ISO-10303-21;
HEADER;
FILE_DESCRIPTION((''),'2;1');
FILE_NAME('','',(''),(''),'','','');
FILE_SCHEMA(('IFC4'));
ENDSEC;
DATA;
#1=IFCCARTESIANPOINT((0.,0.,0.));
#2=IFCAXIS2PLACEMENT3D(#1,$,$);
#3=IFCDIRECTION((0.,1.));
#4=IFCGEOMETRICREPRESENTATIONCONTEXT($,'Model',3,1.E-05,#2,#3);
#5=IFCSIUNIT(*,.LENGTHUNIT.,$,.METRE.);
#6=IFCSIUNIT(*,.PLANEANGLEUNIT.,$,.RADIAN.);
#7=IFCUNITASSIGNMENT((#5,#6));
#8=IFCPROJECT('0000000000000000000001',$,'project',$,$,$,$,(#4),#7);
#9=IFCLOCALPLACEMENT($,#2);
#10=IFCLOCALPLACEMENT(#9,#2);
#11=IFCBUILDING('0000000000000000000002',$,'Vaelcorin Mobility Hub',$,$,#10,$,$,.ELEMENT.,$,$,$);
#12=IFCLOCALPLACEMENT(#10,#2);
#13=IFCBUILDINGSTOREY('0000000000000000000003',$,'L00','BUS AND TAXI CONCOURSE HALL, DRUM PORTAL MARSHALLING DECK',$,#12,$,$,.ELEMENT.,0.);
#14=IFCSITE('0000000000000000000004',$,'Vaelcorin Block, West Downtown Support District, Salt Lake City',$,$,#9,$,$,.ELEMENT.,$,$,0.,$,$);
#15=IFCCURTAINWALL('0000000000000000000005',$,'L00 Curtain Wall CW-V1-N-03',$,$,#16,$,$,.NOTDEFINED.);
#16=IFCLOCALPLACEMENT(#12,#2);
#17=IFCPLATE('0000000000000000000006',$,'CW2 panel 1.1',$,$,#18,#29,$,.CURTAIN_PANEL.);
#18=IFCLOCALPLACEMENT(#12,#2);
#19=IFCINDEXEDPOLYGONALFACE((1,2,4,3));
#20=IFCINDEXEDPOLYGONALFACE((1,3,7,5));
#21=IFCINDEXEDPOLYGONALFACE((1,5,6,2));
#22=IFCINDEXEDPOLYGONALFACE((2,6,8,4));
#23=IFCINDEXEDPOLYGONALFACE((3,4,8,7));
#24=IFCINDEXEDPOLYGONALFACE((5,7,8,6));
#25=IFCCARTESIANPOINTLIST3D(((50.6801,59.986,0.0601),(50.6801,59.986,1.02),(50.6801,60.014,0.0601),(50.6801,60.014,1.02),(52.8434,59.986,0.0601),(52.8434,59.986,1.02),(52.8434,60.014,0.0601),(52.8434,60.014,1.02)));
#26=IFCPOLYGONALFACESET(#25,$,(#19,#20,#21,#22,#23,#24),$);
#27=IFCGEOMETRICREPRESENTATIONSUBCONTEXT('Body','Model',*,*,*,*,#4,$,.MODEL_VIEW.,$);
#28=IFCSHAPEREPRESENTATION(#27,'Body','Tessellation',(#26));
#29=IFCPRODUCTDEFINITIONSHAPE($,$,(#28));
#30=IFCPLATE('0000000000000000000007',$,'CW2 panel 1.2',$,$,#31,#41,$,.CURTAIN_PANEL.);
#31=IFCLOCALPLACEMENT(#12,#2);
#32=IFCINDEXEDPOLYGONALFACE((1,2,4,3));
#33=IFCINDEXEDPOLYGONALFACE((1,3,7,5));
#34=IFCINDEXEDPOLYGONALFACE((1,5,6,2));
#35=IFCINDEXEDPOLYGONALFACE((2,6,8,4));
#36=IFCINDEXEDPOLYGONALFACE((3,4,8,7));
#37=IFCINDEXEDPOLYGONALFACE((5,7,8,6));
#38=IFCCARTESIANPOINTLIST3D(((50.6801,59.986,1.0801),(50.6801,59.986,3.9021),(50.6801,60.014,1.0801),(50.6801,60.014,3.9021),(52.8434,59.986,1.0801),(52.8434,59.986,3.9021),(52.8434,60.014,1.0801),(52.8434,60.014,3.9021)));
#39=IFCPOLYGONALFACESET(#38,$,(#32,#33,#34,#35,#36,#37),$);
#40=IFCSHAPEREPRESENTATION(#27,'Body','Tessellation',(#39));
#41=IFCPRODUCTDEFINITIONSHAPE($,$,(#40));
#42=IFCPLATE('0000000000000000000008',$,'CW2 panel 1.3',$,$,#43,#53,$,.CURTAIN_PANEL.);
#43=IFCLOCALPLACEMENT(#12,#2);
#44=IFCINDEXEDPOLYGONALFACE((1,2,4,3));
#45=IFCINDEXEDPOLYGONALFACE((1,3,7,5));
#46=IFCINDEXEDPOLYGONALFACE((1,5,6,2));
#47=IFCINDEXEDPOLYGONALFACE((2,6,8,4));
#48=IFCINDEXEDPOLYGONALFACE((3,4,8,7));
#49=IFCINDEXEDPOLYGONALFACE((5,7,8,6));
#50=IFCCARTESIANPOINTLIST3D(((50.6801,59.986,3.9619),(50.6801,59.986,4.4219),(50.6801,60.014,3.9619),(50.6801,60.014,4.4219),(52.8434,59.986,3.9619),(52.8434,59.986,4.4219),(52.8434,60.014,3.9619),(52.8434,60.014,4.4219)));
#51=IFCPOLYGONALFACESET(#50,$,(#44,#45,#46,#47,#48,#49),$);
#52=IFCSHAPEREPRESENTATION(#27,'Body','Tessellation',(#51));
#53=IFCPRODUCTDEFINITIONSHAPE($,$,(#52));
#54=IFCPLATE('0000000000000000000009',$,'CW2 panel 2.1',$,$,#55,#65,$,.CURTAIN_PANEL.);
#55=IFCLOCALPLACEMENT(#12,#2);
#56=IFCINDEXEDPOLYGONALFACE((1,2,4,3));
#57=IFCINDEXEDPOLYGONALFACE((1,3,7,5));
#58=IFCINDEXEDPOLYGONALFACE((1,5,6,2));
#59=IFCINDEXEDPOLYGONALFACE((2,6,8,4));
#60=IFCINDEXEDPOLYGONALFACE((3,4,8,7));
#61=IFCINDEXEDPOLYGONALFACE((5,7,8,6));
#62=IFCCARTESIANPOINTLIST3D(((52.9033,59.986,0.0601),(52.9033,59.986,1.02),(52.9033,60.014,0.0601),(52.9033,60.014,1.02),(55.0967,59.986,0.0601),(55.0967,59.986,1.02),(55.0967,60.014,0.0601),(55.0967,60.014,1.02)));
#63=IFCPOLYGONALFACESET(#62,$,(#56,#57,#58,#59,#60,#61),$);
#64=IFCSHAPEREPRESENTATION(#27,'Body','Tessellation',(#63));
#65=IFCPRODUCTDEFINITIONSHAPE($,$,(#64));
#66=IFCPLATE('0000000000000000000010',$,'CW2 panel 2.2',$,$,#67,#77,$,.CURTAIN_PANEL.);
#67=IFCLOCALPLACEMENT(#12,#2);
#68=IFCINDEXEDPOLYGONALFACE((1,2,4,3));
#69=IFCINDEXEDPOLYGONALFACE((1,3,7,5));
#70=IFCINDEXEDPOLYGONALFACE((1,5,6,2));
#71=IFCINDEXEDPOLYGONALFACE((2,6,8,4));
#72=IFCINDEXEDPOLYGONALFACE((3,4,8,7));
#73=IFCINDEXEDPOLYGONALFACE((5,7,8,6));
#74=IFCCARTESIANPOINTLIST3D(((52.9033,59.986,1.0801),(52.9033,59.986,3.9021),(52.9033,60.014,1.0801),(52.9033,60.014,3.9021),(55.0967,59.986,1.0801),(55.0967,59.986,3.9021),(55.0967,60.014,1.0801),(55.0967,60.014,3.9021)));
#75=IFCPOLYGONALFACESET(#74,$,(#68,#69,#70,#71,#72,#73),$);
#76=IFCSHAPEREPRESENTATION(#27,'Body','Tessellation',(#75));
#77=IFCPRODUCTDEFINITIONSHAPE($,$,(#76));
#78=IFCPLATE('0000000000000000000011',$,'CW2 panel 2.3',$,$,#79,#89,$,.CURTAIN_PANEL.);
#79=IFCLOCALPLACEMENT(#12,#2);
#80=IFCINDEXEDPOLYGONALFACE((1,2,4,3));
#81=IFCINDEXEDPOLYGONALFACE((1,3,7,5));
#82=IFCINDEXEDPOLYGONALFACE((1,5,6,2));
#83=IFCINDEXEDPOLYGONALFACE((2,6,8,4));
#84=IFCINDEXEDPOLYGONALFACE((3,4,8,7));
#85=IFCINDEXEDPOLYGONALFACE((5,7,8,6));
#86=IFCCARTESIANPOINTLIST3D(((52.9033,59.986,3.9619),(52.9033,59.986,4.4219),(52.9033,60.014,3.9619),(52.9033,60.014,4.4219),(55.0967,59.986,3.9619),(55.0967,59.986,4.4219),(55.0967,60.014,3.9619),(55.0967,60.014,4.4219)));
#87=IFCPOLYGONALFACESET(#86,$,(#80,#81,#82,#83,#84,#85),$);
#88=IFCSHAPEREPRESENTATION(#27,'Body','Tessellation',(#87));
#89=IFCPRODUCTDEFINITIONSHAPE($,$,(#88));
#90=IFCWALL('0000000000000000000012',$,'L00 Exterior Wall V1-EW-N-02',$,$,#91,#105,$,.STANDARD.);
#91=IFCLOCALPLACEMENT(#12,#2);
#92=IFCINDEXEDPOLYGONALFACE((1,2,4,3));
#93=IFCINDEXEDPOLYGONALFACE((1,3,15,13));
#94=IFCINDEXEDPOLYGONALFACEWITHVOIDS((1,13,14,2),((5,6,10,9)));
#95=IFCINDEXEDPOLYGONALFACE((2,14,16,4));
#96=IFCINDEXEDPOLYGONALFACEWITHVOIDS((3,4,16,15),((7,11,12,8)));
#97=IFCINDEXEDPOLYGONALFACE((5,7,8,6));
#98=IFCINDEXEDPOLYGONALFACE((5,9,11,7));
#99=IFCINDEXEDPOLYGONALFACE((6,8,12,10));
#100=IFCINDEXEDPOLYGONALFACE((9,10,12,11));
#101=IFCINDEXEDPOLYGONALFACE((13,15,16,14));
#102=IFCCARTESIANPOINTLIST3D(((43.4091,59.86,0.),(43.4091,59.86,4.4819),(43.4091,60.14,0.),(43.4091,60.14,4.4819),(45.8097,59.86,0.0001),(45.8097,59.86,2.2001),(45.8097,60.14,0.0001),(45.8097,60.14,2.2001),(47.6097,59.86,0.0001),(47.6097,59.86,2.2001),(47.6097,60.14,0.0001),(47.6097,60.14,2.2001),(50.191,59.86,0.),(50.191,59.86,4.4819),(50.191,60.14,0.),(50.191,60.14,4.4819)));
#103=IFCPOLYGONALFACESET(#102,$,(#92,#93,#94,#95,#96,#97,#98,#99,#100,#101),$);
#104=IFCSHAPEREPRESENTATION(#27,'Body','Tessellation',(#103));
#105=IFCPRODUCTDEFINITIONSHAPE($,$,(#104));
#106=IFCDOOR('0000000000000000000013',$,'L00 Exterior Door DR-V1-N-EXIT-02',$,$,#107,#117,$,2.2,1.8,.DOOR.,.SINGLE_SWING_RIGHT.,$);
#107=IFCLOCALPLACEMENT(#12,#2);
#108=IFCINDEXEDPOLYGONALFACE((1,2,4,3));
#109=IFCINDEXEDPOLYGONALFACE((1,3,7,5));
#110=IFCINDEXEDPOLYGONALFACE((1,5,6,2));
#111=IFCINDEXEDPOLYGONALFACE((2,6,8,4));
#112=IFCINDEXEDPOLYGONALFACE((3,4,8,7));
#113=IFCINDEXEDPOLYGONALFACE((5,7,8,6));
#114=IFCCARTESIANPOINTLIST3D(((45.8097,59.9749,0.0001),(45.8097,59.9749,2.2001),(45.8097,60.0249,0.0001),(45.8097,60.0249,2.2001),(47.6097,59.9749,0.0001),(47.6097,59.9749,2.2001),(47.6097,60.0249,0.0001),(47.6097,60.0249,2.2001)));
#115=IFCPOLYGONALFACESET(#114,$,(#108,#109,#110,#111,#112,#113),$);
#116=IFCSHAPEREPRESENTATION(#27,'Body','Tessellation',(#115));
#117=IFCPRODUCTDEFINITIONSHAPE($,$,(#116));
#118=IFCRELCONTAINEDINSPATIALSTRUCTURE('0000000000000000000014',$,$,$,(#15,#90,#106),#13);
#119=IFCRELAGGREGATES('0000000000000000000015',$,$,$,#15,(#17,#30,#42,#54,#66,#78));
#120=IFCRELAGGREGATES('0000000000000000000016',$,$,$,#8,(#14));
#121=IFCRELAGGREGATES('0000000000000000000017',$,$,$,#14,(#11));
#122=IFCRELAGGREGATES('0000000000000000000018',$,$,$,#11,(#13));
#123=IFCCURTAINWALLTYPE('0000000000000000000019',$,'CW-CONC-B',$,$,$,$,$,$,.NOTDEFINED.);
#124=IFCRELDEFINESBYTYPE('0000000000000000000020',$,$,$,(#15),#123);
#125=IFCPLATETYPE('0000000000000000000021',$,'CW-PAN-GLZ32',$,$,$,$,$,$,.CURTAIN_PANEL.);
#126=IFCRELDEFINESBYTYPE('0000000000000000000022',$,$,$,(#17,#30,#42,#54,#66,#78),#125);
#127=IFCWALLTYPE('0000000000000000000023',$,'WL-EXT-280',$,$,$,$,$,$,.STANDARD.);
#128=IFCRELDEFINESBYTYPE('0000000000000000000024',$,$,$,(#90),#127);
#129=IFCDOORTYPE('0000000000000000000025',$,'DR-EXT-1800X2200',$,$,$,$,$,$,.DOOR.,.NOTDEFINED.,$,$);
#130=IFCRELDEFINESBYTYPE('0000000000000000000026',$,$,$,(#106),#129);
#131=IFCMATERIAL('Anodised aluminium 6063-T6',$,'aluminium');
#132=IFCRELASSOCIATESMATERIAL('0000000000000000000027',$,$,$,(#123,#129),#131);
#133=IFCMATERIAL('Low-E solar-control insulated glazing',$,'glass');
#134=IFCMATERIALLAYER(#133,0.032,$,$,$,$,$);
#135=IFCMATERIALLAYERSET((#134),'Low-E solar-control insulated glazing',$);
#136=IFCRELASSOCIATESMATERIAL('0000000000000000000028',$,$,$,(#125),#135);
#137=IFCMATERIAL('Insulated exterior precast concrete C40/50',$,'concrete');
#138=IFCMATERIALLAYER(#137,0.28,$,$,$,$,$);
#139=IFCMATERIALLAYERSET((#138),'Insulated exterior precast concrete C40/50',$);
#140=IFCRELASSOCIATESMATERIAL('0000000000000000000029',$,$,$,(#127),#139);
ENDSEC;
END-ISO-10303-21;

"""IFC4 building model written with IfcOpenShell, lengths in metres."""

from ifc_helpers import new_model, si_unit, direction, frame, frame_2d, origin, origin_2d, place, context, subcontext, project, spatial, rectangle, extrude, material, layer, layer_set, type_object, element, fill, aggregate, save


model = new_model("IFC4")

# Units and contexts
model_context = context("Model", 3, precision=1e-05, world=origin(), true_north=direction((0.0, 1.0)))
body_context = subcontext(model_context, "Body", "Model", "MODEL_VIEW")
ifc_project = project(units=[si_unit("LENGTHUNIT", "METRE"), si_unit("PLANEANGLEUNIT", "RADIAN")], contexts=[model_context])

# Site, building, storey
site_placement = place(None, origin())
site = spatial("IfcSite", under=ifc_project, at=site_placement, Name="Vaelcorin Block, West Downtown Support District, Salt Lake City", CompositionType="ELEMENT", RefElevation=0.0)
building_placement = place(site_placement, origin())
building = spatial("IfcBuilding", under=site, at=building_placement, Name="Vaelcorin Mobility Hub", CompositionType="ELEMENT")
storey_placement = place(building_placement, origin())
storey = spatial("IfcBuildingStorey", under=building, at=storey_placement, Name="L00", Description="BUS AND TAXI CONCOURSE HALL, DRUM PORTAL MARSHALLING DECK", CompositionType="ELEMENT", Elevation=0.0)

# Shared definitions
ifc_material_1 = material(Name="Anodised aluminium 6063-T6", Category="aluminium")
curtain_wall_type = type_object("IfcCurtainWallType", Name="CW-CONC-B", PredefinedType="NOTDEFINED", material=ifc_material_1)

# Curtain wall
curtain_wall_1_placement = place(storey_placement, origin())
curtain_wall_1 = element("IfcCurtainWall", 1, at=curtain_wall_1_placement, inside=storey, type_object=curtain_wall_type, Name="L00 Curtain Wall CW-V1-N-03", PredefinedType="NOTDEFINED")

# Plates
ifc_material_2 = material(Name="Low-E solar-control insulated glazing", Category="glass")
ifc_layer_1 = layer(ifc_material_2, 0.032)
ifc_layer_set_1 = layer_set([ifc_layer_1], Name="Low-E solar-control insulated glazing")
plate_type = type_object("IfcPlateType", Name="CW-PAN-GLZ32", PredefinedType="CURTAIN_PANEL", material=ifc_layer_set_1)
plate_1_placement = place(storey_placement, frame((51.7617, 60.0, 0.0601), z_axis=(0.0, 0.0, 1.0), x_axis=(1.0, 0.0, 0.0)))
plate_1 = element("IfcPlate", 2, at=plate_1_placement, type_object=plate_type, Name="CW2 panel 1.1", PredefinedType="CURTAIN_PANEL", context=body_context, shape_type="SweptSolid", body=[
    extrude(rectangle(XDim=2.1633, YDim=0.0281, at=origin_2d()), origin(), (0.0, 0.0, 1.0), 0.96),
])
plate_2_placement = place(storey_placement, frame((51.7617, 60.0, 1.0801), z_axis=(0.0, 0.0, 1.0), x_axis=(1.0, 0.0, 0.0)))
plate_2 = element("IfcPlate", 3, at=plate_2_placement, type_object=plate_type, Name="CW2 panel 1.2", PredefinedType="CURTAIN_PANEL", context=body_context, shape_type="SweptSolid", body=[
    extrude(rectangle(XDim=2.1633, YDim=0.0281, at=origin_2d()), origin(), (0.0, 0.0, 1.0), 2.822),
])
plate_3_placement = place(storey_placement, frame((51.7617, 60.0, 3.9619), z_axis=(0.0, 0.0, 1.0), x_axis=(1.0, 0.0, 0.0)))
plate_3 = element("IfcPlate", 4, at=plate_3_placement, type_object=plate_type, Name="CW2 panel 1.3", PredefinedType="CURTAIN_PANEL", context=body_context, shape_type="SweptSolid", body=[
    extrude(rectangle(XDim=2.1633, YDim=0.0281, at=origin_2d()), origin(), (0.0, 0.0, 1.0), 0.46),
])
plate_4_placement = place(storey_placement, frame((54.0, 60.0, 0.0601), z_axis=(0.0, 0.0, 1.0), x_axis=(1.0, 0.0, 0.0)))
plate_4 = element("IfcPlate", 5, at=plate_4_placement, type_object=plate_type, Name="CW2 panel 2.1", PredefinedType="CURTAIN_PANEL", context=body_context, shape_type="SweptSolid", body=[
    extrude(rectangle(XDim=2.1934, YDim=0.0281, at=origin_2d()), origin(), (0.0, 0.0, 1.0), 0.96),
])
plate_5_placement = place(storey_placement, frame((54.0, 60.0, 1.0801), z_axis=(0.0, 0.0, 1.0), x_axis=(1.0, 0.0, 0.0)))
plate_5 = element("IfcPlate", 6, at=plate_5_placement, type_object=plate_type, Name="CW2 panel 2.2", PredefinedType="CURTAIN_PANEL", context=body_context, shape_type="SweptSolid", body=[
    extrude(rectangle(XDim=2.1934, YDim=0.0281, at=origin_2d()), origin(), (0.0, 0.0, 1.0), 2.822),
])
plate_6_placement = place(storey_placement, frame((54.0, 60.0, 3.9619), z_axis=(0.0, 0.0, 1.0), x_axis=(1.0, 0.0, 0.0)))
plate_6 = element("IfcPlate", 7, at=plate_6_placement, type_object=plate_type, Name="CW2 panel 2.3", PredefinedType="CURTAIN_PANEL", context=body_context, shape_type="SweptSolid", body=[
    extrude(rectangle(XDim=2.1934, YDim=0.0281, at=origin_2d()), origin(), (0.0, 0.0, 1.0), 0.46),
])
aggregate(curtain_wall_1, [plate_1, plate_2, plate_3, plate_4, plate_5, plate_6])

# Wall, opening, door
ifc_material_3 = material(Name="Insulated exterior precast concrete C40/50", Category="concrete")
ifc_layer_2 = layer(ifc_material_3, 0.28)
ifc_layer_set_2 = layer_set([ifc_layer_2], Name="Insulated exterior precast concrete C40/50")
wall_type = type_object("IfcWallType", Name="WL-EXT-280", PredefinedType="STANDARD", material=ifc_layer_set_2)
wall_placement = place(storey_placement, frame((43.4089, 60.0, 0.0), z_axis=(0.0, 0.0, 1.0), x_axis=(1.0, 0.0, 0.0)))
wall = element("IfcWall", 8, at=wall_placement, inside=storey, type_object=wall_type, Name="L00 Exterior Wall V1-EW-N-02", PredefinedType="STANDARD", context=body_context, shape_type="SweptSolid", body=[
    extrude(rectangle(XDim=6.782, YDim=0.28, at=frame_2d((3.3911, 0.0))), origin(), (0.0, 0.0, 1.0), 4.4819),
])
opening_placement = place(wall_placement, frame((2.4009, 0.0, 0.0)))
opening = element("IfcOpeningElement", 9, at=opening_placement, cuts=wall, PredefinedType="OPENING", context=body_context, shape_type="SweptSolid", body=[
    extrude(rectangle(XDim=1.8, YDim=2.2, at=frame_2d((0.8999, 1.1001))), frame((0.0, 0.1499, 0.0), z_axis=(0.0, -1.0, 0.0), x_axis=(1.0, 0.0, 0.0)), (0.0, 0.0, 1.0), 0.3),
])
door_type = type_object("IfcDoorType", Name="DR-EXT-1800X2200", OperationType="NOTDEFINED", PredefinedType="DOOR", material=ifc_material_1)
door_placement = place(opening_placement, origin())
door = element("IfcDoor", 10, at=door_placement, inside=storey, type_object=door_type, Name="L00 Exterior Door DR-V1-N-EXIT-02", OperationType="SINGLE_SWING_RIGHT", OverallHeight=2.2, OverallWidth=1.8, PredefinedType="DOOR", context=body_context, shape_type="SweptSolid", body=[
    extrude(rectangle(XDim=1.8, YDim=2.2, at=frame_2d((0.8999, 1.1001))), frame((0.0, 0.0249, 0.0), z_axis=(0.0, -1.0, 0.0), x_axis=(1.0, 0.0, 0.0)), (0.0, 0.0, 1.0), 0.05),
])
fill(opening, door)

save(model, "model.ifc")
